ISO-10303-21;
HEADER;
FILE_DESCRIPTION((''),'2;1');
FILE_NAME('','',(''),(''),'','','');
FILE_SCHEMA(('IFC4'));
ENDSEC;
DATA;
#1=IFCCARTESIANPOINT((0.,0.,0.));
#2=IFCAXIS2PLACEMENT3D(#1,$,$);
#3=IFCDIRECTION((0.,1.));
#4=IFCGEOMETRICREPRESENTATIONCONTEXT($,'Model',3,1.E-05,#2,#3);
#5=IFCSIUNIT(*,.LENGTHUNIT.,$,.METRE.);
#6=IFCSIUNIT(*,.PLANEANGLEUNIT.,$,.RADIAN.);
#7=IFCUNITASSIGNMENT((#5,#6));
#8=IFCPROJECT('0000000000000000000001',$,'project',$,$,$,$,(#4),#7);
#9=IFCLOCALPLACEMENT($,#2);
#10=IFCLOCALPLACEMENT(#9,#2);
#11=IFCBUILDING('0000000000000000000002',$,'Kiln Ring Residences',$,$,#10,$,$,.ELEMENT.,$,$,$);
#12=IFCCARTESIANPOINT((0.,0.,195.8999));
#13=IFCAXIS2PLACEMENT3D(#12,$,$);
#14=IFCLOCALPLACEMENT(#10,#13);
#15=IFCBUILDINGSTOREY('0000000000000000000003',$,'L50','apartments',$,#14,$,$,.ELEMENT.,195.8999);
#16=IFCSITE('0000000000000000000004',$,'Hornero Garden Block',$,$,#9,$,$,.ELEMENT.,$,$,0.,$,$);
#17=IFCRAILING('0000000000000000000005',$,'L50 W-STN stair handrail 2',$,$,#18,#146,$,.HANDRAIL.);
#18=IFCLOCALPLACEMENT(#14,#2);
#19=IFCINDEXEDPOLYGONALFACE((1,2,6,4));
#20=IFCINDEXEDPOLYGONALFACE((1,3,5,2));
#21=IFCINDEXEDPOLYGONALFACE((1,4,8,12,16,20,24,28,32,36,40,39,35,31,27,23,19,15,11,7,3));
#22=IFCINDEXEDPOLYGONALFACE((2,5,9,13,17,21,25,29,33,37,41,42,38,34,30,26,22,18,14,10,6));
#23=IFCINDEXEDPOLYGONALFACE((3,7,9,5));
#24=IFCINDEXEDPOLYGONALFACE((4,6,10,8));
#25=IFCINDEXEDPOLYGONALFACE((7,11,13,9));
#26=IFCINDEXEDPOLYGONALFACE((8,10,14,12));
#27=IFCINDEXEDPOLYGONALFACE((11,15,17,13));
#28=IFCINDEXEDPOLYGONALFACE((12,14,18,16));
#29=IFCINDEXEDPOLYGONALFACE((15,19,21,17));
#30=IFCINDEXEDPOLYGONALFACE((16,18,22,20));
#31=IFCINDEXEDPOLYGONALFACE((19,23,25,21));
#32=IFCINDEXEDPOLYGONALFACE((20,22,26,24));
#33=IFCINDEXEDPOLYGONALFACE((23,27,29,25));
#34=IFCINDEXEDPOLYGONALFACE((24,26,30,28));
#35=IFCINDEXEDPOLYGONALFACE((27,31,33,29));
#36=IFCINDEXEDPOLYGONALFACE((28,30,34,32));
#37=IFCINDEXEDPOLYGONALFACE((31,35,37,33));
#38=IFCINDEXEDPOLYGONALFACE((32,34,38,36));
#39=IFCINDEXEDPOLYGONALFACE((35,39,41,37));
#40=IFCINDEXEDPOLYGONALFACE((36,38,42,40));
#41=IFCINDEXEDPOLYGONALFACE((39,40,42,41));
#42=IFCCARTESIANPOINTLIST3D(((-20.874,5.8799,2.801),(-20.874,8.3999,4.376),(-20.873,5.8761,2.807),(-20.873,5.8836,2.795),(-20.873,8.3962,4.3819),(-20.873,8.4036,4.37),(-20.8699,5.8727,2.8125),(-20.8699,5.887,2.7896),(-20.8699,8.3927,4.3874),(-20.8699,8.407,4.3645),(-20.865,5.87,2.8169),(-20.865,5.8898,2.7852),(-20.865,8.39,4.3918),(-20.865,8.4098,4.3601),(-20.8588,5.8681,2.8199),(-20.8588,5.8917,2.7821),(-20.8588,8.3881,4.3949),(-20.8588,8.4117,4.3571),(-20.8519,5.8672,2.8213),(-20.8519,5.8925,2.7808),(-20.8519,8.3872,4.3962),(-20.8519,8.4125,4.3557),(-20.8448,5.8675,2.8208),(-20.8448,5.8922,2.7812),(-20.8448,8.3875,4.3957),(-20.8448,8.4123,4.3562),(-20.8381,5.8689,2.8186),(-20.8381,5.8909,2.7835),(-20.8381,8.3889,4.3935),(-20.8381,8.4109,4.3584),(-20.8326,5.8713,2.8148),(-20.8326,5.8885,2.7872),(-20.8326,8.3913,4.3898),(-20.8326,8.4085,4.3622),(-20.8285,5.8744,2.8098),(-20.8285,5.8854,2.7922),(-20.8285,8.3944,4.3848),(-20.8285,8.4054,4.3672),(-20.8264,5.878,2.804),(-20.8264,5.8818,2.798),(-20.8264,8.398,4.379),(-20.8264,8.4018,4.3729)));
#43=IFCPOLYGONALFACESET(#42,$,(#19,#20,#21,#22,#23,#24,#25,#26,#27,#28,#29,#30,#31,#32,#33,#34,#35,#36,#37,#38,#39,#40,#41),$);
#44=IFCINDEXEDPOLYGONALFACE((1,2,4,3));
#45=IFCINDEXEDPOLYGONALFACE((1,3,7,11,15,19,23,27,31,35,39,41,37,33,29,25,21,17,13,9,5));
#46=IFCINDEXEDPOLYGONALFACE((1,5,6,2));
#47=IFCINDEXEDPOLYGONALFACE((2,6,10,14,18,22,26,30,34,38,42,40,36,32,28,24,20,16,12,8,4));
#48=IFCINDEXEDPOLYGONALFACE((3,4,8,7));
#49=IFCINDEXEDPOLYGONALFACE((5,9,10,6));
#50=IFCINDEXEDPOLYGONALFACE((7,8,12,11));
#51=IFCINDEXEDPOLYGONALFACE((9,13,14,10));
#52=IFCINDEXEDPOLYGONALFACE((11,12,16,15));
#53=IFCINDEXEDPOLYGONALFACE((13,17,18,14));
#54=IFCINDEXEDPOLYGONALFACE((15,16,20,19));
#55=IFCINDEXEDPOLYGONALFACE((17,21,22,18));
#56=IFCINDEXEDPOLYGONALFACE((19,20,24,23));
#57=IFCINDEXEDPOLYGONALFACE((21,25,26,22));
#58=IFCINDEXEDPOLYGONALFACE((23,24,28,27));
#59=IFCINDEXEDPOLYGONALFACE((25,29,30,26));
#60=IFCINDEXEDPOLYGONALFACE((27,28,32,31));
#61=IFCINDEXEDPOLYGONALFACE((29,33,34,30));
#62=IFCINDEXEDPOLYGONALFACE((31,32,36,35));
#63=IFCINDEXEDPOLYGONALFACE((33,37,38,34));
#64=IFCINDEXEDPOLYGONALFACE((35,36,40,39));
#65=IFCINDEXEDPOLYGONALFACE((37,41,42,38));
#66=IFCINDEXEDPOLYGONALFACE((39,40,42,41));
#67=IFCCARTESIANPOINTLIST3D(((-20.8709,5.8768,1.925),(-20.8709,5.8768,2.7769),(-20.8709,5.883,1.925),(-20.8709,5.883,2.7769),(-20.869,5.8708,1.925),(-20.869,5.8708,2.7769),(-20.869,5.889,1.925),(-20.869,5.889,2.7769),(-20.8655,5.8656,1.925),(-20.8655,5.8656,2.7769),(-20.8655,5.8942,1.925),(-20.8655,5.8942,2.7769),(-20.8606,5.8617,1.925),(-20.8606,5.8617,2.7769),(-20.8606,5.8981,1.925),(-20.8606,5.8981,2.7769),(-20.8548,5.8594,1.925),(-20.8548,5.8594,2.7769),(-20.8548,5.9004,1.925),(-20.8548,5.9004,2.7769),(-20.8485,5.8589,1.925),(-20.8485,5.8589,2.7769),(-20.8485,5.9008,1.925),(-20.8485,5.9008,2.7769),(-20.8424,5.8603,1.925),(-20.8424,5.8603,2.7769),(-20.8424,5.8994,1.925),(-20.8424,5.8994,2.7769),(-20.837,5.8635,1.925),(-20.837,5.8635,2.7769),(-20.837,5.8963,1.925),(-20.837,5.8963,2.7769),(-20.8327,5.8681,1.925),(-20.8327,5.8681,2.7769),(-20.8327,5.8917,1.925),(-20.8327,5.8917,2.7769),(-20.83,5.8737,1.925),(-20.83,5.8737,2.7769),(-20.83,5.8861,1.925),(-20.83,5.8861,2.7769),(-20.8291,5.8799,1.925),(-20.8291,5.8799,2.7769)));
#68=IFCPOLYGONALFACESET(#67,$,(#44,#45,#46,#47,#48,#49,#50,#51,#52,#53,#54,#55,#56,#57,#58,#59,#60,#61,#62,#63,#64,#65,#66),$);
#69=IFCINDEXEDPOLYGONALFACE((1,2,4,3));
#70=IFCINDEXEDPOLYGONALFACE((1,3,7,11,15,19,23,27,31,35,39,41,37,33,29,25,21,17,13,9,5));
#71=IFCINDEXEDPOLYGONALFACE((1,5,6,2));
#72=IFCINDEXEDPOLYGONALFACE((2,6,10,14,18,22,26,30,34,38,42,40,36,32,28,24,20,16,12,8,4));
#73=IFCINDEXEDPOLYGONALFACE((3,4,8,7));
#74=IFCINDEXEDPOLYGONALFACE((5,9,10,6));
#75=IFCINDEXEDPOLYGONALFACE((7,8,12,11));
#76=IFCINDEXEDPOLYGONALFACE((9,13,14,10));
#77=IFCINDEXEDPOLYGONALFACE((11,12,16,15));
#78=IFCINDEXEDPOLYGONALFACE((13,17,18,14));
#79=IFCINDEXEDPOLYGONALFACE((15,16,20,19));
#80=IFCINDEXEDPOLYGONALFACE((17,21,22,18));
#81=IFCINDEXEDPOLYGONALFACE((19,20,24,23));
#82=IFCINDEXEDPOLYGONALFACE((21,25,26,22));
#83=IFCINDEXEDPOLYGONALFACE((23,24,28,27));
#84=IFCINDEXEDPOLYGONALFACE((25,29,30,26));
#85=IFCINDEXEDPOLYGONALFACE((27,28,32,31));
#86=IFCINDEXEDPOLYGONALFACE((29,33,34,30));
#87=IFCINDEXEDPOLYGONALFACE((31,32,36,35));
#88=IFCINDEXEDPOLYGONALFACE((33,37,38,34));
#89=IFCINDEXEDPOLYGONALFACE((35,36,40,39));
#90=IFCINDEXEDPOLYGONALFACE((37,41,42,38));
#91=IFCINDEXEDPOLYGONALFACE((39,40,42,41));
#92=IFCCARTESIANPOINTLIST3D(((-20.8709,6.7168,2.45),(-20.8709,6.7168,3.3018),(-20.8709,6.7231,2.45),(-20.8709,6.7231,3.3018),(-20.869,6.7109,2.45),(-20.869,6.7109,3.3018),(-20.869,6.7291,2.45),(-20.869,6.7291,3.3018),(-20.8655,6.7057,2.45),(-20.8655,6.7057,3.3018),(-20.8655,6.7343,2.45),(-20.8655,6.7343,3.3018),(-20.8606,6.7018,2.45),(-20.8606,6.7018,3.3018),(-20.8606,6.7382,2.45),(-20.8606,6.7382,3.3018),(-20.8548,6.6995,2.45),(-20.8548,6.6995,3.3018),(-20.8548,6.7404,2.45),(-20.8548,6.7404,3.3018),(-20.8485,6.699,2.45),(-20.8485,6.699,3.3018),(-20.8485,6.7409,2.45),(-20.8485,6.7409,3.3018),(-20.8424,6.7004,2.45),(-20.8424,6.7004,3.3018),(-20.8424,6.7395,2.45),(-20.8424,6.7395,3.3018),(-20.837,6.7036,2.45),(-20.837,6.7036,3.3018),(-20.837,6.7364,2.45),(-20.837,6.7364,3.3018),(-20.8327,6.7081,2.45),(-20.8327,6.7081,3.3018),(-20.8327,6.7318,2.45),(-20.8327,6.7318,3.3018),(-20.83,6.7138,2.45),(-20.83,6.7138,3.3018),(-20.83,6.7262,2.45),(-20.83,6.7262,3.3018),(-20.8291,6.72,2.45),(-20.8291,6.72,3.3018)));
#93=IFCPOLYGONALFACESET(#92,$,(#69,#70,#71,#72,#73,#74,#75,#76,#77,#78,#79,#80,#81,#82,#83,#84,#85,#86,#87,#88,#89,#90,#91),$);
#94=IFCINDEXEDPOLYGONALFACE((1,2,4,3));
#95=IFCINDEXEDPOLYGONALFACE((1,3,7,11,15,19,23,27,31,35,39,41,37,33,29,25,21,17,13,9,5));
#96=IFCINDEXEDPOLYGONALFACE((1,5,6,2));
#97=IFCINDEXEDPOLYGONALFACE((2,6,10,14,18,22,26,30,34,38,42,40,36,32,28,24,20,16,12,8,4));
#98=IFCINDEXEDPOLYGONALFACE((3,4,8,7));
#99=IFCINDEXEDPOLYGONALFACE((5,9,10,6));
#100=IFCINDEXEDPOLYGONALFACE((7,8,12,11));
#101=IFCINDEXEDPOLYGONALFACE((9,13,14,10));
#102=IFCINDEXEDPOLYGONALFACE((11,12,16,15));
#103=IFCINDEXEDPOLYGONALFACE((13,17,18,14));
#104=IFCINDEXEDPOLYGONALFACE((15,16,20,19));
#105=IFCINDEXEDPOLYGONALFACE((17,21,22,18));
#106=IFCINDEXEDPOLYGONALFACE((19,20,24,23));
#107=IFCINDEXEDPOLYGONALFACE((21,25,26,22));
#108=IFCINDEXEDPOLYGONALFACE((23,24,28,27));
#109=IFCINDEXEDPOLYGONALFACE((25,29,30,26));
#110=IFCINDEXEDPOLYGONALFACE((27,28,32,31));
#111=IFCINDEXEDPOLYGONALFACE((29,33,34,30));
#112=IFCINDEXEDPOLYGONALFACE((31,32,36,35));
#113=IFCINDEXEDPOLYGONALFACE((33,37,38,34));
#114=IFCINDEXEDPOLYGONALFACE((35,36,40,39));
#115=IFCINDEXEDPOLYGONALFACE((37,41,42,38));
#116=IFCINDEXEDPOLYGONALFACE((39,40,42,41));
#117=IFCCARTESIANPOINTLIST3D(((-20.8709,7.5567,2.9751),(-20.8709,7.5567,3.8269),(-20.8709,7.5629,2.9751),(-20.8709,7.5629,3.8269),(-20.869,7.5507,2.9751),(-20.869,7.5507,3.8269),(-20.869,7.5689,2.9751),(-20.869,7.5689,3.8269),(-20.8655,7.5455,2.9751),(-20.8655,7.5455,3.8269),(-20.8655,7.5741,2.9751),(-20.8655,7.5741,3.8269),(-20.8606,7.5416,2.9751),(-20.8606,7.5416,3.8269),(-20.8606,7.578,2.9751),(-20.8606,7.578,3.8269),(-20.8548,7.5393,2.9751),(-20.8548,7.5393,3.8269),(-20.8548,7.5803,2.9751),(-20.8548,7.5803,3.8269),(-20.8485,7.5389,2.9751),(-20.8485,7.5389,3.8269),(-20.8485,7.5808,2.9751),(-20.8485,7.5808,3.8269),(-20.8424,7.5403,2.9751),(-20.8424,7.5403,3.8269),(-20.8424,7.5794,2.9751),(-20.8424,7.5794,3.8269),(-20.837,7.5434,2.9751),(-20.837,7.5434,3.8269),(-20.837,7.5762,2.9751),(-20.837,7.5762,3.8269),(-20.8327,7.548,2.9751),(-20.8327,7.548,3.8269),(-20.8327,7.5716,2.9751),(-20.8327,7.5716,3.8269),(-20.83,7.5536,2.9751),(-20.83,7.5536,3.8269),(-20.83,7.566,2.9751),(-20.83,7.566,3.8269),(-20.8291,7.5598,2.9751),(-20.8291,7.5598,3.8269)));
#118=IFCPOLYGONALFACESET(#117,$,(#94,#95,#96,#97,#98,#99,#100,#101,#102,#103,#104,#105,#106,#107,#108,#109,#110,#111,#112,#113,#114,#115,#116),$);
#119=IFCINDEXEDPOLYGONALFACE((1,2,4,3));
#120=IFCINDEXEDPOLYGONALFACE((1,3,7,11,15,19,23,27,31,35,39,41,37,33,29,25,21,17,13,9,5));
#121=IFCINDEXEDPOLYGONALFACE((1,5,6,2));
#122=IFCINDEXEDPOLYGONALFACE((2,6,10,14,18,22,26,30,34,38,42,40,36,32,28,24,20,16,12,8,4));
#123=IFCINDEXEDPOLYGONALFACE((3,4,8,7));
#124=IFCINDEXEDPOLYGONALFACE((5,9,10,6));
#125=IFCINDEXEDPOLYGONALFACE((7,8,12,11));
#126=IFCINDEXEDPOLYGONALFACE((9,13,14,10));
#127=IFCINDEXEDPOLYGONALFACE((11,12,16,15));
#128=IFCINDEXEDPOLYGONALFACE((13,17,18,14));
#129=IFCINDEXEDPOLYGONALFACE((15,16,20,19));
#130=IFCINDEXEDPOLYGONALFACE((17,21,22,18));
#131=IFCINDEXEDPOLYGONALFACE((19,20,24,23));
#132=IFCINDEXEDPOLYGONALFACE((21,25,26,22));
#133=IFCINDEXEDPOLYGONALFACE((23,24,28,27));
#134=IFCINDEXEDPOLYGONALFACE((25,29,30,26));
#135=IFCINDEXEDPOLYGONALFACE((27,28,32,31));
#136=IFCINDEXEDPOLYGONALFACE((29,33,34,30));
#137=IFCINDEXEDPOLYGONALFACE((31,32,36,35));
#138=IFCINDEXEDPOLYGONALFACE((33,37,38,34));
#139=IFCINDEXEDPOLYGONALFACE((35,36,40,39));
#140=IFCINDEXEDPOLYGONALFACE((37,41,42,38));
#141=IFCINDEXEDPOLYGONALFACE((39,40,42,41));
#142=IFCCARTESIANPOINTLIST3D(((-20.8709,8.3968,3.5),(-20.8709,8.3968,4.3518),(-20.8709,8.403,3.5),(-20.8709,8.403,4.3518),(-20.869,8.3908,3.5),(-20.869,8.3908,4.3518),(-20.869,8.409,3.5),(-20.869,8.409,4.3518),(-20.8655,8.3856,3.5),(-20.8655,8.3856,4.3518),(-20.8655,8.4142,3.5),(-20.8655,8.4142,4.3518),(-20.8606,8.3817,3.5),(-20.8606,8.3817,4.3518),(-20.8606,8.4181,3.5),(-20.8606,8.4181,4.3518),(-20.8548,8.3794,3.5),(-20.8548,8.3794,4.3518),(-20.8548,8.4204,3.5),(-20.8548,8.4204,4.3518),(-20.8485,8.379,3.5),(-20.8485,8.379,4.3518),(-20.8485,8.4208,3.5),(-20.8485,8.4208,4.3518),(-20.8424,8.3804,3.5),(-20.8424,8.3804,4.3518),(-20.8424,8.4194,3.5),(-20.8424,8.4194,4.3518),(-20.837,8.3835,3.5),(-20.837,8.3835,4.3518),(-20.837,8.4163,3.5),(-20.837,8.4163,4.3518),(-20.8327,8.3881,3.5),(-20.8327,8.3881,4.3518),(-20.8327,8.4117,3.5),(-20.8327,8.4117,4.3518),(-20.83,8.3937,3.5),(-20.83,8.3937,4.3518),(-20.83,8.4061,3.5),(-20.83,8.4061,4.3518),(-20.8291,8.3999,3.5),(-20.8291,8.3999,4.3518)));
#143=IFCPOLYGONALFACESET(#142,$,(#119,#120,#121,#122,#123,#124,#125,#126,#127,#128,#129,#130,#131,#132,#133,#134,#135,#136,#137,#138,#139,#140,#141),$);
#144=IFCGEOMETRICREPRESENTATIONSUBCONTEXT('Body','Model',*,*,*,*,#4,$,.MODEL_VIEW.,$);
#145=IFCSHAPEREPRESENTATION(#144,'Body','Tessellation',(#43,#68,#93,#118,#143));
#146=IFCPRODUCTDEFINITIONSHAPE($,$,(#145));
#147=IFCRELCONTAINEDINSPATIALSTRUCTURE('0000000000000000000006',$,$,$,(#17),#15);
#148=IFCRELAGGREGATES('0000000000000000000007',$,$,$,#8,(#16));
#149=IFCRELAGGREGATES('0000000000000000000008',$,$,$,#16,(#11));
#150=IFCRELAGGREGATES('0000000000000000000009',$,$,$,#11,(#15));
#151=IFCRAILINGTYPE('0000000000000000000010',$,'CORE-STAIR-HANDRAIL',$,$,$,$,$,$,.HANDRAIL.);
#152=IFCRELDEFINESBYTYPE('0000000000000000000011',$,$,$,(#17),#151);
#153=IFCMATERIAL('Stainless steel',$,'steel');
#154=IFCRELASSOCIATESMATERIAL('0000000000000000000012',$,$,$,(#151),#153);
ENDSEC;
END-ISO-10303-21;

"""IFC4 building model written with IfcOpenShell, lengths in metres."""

from ifc_helpers import new_model, si_unit, direction, frame, origin, origin_2d, place, context, subcontext, project, spatial, circle, extrude, material, type_object, element, save


model = new_model("IFC4")

# Units and contexts
model_context = context("Model", 3, precision=1e-05, world=origin(), true_north=direction((0.0, 1.0)))
body_context = subcontext(model_context, "Body", "Model", "MODEL_VIEW")
ifc_project = project(units=[si_unit("LENGTHUNIT", "METRE"), si_unit("PLANEANGLEUNIT", "RADIAN")], contexts=[model_context])

# Site, building, storey
site_placement = place(None, origin())
site = spatial("IfcSite", under=ifc_project, at=site_placement, Name="Hornero Garden Block", CompositionType="ELEMENT", RefElevation=0.0)
building_placement = place(site_placement, origin())
building = spatial("IfcBuilding", under=site, at=building_placement, Name="Kiln Ring Residences", CompositionType="ELEMENT")
storey_placement = place(building_placement, frame((0.0, 0.0, 195.8999)))
storey = spatial("IfcBuildingStorey", under=building, at=storey_placement, Name="L50", Description="apartments", CompositionType="ELEMENT", Elevation=195.8999)

# Railing
ifc_material_1 = material(Name="Stainless steel", Category="steel")
railing_type_1 = type_object("IfcRailingType", Name="CORE-STAIR-HANDRAIL", PredefinedType="HANDRAIL", material=ifc_material_1)
railing_1_placement = place(storey_placement, frame((-20.8501, 5.8799, 1.925)))
element("IfcRailing", 1, at=railing_1_placement, inside=storey, type_object=railing_type_1, Name="L50 W-STN stair handrail 2", PredefinedType="HANDRAIL", context=body_context, shape_type="SweptSolid", body=[
    extrude(circle(Radius=0.0239, at=origin_2d()), frame((0.0, 0.0, 0.876), z_axis=(0.0, 0.848008, 0.529984), x_axis=(-1.0, 0.0, 0.0)), (0.0, 0.0, 1.0), 2.9717),
    extrude(circle(Radius=0.021, at=origin_2d()), origin(), (0.0, 0.0, 1.0), 0.8518),
    extrude(circle(Radius=0.021, at=origin_2d()), frame((0.0, 0.8401, 0.5249)), (0.0, 0.0, 1.0), 0.8518),
    extrude(circle(Radius=0.021, at=origin_2d()), frame((0.0, 1.6799, 1.05)), (0.0, 0.0, 1.0), 0.8518),
    extrude(circle(Radius=0.021, at=origin_2d()), frame((0.0, 2.52, 1.575)), (0.0, 0.0, 1.0), 0.8518),
])

save(model, "model.ifc")
